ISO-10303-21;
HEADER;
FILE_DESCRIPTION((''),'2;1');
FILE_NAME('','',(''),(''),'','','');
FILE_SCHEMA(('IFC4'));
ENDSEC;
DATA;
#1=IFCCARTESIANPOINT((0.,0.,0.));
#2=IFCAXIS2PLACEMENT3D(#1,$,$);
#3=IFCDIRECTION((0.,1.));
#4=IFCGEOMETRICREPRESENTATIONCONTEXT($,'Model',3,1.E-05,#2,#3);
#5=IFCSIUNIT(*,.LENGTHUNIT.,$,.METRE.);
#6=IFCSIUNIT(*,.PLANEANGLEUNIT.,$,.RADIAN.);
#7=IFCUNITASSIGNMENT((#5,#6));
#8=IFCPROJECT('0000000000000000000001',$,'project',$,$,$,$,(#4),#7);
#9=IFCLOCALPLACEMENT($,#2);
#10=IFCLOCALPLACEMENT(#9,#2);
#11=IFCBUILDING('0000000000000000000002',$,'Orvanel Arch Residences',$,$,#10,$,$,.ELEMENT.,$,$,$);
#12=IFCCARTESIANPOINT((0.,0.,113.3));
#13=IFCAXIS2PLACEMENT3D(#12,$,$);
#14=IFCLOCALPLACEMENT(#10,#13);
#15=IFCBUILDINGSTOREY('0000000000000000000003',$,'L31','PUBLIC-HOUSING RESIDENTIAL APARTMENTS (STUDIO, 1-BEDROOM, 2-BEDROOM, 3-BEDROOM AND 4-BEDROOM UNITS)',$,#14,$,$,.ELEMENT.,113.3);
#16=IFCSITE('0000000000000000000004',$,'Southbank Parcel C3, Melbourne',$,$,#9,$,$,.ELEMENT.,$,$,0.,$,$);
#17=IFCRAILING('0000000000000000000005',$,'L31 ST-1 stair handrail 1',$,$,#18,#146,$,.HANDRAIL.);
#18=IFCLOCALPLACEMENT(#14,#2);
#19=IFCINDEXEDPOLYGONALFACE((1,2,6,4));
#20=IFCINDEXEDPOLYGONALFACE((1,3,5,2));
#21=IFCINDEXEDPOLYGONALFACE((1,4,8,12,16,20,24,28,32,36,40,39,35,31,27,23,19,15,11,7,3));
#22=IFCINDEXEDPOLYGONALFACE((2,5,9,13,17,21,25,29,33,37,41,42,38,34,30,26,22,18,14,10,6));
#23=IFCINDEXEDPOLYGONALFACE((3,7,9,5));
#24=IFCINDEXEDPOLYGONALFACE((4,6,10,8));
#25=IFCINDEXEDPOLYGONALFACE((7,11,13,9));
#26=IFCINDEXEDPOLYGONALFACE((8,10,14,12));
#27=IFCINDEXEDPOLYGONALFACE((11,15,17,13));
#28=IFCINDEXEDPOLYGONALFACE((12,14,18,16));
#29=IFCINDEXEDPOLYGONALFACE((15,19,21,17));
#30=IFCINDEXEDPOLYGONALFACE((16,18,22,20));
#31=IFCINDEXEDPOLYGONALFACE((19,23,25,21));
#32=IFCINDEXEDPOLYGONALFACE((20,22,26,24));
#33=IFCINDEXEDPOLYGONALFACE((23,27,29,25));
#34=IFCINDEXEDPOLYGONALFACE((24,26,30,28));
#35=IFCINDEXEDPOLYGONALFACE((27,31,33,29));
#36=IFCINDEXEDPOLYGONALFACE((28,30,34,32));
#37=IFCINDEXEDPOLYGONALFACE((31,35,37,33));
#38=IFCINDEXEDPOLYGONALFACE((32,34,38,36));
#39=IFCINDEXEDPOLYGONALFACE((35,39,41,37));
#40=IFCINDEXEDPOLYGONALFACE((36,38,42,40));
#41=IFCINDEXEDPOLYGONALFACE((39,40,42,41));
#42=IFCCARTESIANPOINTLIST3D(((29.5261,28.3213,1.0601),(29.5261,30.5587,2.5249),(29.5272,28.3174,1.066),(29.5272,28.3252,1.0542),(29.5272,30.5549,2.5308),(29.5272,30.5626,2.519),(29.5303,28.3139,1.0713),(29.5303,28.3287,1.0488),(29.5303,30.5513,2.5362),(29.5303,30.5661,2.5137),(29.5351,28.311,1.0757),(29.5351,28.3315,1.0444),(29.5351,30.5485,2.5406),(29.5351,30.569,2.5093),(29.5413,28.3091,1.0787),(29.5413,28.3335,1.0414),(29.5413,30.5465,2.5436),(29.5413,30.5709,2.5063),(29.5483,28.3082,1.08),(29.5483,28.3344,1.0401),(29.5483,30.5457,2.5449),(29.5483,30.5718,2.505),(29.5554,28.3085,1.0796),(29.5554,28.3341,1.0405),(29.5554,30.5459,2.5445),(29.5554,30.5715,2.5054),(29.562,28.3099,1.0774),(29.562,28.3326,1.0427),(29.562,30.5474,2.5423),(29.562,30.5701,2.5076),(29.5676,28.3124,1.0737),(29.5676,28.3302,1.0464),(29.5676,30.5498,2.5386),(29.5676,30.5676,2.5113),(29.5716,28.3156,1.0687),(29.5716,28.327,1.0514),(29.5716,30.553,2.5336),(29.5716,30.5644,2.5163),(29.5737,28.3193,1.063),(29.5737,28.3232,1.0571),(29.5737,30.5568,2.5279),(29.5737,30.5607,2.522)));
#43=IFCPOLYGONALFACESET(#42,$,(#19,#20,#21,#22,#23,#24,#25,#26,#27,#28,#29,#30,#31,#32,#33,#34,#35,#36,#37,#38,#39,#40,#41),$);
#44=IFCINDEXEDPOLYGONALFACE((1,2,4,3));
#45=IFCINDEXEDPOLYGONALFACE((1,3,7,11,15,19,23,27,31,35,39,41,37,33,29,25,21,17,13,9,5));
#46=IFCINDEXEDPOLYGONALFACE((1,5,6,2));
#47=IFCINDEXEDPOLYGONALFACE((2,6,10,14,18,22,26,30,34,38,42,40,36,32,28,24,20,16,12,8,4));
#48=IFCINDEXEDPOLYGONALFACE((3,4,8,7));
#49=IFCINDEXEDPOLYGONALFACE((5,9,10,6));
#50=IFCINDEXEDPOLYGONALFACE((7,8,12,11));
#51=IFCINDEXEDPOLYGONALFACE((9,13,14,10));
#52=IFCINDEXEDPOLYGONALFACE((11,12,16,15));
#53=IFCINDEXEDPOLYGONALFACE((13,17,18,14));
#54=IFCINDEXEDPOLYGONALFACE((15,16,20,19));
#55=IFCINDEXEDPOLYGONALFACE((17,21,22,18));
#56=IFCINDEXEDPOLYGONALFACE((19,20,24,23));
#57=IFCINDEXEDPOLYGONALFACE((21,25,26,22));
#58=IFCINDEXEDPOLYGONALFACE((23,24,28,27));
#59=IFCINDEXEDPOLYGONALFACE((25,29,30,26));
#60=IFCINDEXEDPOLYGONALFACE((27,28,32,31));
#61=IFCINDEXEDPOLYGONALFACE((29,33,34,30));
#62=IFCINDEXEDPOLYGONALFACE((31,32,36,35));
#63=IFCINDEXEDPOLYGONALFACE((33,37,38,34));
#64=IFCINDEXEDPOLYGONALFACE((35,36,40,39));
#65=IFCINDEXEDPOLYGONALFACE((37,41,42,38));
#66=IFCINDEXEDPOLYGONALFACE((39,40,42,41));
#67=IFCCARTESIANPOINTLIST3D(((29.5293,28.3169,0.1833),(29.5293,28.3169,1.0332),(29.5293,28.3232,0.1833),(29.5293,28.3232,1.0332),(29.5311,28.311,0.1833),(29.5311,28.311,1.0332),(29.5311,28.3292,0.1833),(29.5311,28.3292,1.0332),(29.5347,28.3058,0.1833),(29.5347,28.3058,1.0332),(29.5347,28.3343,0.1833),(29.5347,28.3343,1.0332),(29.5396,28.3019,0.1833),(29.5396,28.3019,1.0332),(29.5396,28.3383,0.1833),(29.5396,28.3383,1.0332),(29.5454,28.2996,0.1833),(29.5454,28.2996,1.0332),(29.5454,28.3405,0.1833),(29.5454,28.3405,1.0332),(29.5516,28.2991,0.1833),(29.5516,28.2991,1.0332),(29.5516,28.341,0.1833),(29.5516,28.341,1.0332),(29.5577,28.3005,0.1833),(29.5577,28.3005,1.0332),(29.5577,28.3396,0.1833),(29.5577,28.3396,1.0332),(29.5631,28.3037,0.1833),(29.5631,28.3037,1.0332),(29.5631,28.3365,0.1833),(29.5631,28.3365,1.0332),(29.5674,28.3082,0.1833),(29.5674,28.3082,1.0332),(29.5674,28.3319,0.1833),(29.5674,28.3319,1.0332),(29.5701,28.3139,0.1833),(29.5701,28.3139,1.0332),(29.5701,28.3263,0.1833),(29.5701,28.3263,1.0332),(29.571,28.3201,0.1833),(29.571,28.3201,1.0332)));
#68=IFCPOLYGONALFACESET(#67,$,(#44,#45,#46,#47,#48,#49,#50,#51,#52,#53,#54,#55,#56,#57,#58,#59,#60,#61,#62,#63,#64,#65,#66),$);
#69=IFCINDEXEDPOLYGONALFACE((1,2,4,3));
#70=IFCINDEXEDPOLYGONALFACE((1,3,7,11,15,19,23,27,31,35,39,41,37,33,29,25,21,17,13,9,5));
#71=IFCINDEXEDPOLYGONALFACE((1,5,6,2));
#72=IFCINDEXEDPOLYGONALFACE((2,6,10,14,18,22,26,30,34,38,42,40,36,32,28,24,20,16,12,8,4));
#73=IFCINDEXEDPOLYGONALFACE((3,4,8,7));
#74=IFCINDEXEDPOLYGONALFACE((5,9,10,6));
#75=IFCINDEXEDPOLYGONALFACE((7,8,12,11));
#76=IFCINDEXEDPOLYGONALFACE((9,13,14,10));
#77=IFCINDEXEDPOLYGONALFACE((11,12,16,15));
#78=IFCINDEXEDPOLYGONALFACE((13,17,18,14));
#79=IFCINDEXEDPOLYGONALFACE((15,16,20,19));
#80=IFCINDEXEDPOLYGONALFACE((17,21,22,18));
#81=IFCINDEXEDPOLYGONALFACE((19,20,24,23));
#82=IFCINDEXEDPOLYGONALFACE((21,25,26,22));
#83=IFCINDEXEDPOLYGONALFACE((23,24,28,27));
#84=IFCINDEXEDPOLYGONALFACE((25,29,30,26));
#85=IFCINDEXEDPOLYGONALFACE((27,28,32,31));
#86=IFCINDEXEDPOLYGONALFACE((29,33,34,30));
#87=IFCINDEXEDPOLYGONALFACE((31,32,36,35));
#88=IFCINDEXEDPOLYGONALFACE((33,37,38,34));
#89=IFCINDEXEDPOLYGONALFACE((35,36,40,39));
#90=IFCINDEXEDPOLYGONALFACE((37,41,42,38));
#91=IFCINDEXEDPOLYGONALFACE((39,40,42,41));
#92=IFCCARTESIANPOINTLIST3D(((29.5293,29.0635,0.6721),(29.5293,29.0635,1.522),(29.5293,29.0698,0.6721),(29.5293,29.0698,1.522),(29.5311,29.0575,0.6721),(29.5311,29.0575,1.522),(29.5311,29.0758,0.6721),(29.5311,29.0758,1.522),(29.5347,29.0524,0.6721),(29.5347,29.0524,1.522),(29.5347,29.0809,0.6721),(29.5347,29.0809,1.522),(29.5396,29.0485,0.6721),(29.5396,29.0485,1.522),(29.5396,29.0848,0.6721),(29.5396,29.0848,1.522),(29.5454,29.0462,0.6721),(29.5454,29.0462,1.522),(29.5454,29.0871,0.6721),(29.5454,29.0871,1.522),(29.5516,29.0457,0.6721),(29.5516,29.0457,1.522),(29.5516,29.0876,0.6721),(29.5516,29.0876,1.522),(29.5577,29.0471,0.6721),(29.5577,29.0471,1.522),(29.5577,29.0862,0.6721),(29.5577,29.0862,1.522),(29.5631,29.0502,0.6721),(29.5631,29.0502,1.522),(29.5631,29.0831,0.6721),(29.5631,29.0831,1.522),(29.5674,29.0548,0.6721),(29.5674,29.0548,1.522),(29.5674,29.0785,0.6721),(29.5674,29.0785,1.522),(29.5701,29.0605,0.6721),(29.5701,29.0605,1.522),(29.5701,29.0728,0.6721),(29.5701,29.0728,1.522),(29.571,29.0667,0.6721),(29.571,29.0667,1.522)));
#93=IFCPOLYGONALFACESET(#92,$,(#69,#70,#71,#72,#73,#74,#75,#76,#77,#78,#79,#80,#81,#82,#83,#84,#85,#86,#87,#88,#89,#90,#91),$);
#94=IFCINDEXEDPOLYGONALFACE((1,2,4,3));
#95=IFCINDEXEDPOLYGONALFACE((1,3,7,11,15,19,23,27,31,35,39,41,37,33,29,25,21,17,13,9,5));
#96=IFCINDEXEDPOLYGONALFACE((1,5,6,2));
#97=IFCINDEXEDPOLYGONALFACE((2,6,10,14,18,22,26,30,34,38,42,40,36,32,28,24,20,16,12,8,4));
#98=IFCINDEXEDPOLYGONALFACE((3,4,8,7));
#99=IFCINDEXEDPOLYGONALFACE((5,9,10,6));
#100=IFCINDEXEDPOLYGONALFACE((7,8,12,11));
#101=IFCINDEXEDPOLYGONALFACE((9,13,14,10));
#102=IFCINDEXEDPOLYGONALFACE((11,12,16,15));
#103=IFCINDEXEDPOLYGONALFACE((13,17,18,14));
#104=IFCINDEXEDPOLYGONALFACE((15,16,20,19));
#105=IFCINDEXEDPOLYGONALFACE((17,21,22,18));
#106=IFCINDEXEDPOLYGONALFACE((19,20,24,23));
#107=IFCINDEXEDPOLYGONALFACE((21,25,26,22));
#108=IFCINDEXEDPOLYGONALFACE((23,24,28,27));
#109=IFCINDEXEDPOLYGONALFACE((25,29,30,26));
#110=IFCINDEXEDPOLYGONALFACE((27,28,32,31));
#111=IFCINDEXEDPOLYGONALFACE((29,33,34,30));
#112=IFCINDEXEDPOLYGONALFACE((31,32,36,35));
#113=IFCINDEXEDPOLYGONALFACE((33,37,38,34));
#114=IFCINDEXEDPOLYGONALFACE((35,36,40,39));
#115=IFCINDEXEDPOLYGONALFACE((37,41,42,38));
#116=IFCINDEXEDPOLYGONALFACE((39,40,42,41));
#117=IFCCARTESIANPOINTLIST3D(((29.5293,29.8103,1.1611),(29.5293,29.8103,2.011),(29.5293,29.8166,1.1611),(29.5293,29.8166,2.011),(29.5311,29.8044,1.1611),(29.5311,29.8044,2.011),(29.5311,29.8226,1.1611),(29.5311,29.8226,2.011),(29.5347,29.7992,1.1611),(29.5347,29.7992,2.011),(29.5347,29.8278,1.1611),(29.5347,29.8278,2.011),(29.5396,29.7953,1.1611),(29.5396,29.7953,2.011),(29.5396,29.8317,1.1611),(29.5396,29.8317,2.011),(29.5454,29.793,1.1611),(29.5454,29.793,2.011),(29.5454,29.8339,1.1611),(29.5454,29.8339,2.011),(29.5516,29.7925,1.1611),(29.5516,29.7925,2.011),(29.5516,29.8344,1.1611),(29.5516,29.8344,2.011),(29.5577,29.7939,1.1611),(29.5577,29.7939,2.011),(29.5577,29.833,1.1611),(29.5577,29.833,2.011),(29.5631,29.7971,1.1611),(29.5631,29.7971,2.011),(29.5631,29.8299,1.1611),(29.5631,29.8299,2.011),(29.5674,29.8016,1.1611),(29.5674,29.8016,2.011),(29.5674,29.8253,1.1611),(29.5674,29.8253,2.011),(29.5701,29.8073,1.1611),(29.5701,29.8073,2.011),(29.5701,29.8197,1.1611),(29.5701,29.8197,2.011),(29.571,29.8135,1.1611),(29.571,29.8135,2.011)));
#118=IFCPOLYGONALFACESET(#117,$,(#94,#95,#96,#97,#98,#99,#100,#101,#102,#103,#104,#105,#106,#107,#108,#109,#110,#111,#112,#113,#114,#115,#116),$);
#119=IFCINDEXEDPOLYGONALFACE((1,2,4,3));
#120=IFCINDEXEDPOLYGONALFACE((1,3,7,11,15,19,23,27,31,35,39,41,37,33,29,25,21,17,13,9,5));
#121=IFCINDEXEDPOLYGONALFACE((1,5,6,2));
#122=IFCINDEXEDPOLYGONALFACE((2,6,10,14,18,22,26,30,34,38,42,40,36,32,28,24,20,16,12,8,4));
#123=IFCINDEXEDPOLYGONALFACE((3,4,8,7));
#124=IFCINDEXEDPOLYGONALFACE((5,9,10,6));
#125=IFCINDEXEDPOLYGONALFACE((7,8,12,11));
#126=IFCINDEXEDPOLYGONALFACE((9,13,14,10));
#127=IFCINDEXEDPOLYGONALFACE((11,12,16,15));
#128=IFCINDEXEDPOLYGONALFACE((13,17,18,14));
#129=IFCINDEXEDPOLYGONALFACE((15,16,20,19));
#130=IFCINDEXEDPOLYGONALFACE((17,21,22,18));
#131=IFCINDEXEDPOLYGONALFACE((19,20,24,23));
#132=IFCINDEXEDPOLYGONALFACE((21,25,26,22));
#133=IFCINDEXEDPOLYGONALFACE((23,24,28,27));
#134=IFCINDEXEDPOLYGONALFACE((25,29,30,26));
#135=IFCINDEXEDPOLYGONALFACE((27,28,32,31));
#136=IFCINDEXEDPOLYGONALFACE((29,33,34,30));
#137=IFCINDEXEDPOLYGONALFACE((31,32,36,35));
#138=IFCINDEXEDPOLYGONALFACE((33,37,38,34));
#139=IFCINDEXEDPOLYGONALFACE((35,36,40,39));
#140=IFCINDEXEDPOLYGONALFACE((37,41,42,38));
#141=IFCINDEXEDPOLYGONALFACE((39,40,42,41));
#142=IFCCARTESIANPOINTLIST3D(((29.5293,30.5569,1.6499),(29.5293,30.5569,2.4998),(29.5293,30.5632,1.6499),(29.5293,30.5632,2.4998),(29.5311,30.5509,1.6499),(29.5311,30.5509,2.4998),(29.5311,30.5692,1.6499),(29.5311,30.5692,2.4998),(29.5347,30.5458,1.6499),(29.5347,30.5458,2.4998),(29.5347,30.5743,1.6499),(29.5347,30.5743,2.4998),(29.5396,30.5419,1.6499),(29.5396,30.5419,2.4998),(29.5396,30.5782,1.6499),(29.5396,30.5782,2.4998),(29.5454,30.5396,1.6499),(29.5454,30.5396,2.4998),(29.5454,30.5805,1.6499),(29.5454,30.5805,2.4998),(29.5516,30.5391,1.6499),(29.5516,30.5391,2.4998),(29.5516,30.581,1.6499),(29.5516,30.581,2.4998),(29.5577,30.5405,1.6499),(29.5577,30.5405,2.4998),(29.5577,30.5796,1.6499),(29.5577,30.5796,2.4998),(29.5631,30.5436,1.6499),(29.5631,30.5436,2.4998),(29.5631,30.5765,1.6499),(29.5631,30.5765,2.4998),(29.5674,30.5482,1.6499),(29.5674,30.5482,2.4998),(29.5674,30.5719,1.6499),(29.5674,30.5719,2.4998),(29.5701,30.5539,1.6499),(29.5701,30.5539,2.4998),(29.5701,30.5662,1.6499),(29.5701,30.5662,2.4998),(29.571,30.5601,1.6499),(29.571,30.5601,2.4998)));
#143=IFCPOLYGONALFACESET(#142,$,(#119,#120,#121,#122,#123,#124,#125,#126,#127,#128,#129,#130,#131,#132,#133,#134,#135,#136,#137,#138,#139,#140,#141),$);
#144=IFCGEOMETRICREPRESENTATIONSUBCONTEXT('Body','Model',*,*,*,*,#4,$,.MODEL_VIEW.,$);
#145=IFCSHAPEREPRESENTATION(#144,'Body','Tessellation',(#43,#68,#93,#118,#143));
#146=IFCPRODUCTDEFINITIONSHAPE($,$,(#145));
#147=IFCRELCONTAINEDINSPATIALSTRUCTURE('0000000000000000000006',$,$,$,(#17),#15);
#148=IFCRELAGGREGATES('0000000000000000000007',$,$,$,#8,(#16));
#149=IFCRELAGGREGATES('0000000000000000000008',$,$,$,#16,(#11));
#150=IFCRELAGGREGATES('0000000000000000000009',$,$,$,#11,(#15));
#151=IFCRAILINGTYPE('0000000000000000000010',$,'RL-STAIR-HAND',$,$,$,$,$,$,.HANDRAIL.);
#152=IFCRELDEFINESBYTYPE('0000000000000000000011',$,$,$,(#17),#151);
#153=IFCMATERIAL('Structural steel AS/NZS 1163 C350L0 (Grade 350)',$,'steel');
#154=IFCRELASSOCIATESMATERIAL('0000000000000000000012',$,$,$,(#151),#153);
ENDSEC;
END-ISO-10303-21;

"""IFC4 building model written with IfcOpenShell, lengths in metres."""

from ifc_helpers import new_model, si_unit, direction, frame, origin, origin_2d, place, context, subcontext, project, spatial, circle, extrude, material, type_object, element, save


model = new_model("IFC4")

# Units and contexts
model_context = context("Model", 3, precision=1e-05, world=origin(), true_north=direction((0.0, 1.0)))
body_context = subcontext(model_context, "Body", "Model", "MODEL_VIEW")
ifc_project = project(units=[si_unit("LENGTHUNIT", "METRE"), si_unit("PLANEANGLEUNIT", "RADIAN")], contexts=[model_context])

# Site, building, storey
site_placement = place(None, origin())
site = spatial("IfcSite", under=ifc_project, at=site_placement, Name="Southbank Parcel C3, Melbourne", CompositionType="ELEMENT", RefElevation=0.0)
building_placement = place(site_placement, origin())
building = spatial("IfcBuilding", under=site, at=building_placement, Name="Orvanel Arch Residences", CompositionType="ELEMENT")
storey_placement = place(building_placement, frame((0.0, 0.0, 113.3)))
storey = spatial("IfcBuildingStorey", under=building, at=storey_placement, Name="L31", Description="PUBLIC-HOUSING RESIDENTIAL APARTMENTS (STUDIO, 1-BEDROOM, 2-BEDROOM, 3-BEDROOM AND 4-BEDROOM UNITS)", CompositionType="ELEMENT", Elevation=113.3)

# Railing
ifc_material_1 = material(Name="Structural steel AS/NZS 1163 C350L0 (Grade 350)", Category="steel")
railing_type_1 = type_object("IfcRailingType", Name="RL-STAIR-HAND", PredefinedType="HANDRAIL", material=ifc_material_1)
railing_1_placement = place(storey_placement, frame((29.55, 28.3201, 0.1833)))
element("IfcRailing", 1, at=railing_1_placement, inside=storey, type_object=railing_type_1, Name="L31 ST-1 stair handrail 1", PredefinedType="HANDRAIL", context=body_context, shape_type="SweptSolid", body=[
    extrude(circle(Radius=0.0239, at=origin_2d()), frame((0.0, 0.0012, 0.8767), z_axis=(0.0, 0.836637, 0.547758), x_axis=(-1.0, 0.0, 0.0)), (0.0, 0.0, 1.0), 2.6743),
    extrude(circle(Radius=0.021, at=origin_2d()), origin(), (0.0, 0.0, 1.0), 0.8499),
    extrude(circle(Radius=0.021, at=origin_2d()), frame((0.0, 0.7466, 0.4888)), (0.0, 0.0, 1.0), 0.8499),
    extrude(circle(Radius=0.021, at=origin_2d()), frame((0.0, 1.4934, 0.9778)), (0.0, 0.0, 1.0), 0.8499),
    extrude(circle(Radius=0.021, at=origin_2d()), frame((0.0, 2.24, 1.4666)), (0.0, 0.0, 1.0), 0.8499),
])

save(model, "model.ifc")
